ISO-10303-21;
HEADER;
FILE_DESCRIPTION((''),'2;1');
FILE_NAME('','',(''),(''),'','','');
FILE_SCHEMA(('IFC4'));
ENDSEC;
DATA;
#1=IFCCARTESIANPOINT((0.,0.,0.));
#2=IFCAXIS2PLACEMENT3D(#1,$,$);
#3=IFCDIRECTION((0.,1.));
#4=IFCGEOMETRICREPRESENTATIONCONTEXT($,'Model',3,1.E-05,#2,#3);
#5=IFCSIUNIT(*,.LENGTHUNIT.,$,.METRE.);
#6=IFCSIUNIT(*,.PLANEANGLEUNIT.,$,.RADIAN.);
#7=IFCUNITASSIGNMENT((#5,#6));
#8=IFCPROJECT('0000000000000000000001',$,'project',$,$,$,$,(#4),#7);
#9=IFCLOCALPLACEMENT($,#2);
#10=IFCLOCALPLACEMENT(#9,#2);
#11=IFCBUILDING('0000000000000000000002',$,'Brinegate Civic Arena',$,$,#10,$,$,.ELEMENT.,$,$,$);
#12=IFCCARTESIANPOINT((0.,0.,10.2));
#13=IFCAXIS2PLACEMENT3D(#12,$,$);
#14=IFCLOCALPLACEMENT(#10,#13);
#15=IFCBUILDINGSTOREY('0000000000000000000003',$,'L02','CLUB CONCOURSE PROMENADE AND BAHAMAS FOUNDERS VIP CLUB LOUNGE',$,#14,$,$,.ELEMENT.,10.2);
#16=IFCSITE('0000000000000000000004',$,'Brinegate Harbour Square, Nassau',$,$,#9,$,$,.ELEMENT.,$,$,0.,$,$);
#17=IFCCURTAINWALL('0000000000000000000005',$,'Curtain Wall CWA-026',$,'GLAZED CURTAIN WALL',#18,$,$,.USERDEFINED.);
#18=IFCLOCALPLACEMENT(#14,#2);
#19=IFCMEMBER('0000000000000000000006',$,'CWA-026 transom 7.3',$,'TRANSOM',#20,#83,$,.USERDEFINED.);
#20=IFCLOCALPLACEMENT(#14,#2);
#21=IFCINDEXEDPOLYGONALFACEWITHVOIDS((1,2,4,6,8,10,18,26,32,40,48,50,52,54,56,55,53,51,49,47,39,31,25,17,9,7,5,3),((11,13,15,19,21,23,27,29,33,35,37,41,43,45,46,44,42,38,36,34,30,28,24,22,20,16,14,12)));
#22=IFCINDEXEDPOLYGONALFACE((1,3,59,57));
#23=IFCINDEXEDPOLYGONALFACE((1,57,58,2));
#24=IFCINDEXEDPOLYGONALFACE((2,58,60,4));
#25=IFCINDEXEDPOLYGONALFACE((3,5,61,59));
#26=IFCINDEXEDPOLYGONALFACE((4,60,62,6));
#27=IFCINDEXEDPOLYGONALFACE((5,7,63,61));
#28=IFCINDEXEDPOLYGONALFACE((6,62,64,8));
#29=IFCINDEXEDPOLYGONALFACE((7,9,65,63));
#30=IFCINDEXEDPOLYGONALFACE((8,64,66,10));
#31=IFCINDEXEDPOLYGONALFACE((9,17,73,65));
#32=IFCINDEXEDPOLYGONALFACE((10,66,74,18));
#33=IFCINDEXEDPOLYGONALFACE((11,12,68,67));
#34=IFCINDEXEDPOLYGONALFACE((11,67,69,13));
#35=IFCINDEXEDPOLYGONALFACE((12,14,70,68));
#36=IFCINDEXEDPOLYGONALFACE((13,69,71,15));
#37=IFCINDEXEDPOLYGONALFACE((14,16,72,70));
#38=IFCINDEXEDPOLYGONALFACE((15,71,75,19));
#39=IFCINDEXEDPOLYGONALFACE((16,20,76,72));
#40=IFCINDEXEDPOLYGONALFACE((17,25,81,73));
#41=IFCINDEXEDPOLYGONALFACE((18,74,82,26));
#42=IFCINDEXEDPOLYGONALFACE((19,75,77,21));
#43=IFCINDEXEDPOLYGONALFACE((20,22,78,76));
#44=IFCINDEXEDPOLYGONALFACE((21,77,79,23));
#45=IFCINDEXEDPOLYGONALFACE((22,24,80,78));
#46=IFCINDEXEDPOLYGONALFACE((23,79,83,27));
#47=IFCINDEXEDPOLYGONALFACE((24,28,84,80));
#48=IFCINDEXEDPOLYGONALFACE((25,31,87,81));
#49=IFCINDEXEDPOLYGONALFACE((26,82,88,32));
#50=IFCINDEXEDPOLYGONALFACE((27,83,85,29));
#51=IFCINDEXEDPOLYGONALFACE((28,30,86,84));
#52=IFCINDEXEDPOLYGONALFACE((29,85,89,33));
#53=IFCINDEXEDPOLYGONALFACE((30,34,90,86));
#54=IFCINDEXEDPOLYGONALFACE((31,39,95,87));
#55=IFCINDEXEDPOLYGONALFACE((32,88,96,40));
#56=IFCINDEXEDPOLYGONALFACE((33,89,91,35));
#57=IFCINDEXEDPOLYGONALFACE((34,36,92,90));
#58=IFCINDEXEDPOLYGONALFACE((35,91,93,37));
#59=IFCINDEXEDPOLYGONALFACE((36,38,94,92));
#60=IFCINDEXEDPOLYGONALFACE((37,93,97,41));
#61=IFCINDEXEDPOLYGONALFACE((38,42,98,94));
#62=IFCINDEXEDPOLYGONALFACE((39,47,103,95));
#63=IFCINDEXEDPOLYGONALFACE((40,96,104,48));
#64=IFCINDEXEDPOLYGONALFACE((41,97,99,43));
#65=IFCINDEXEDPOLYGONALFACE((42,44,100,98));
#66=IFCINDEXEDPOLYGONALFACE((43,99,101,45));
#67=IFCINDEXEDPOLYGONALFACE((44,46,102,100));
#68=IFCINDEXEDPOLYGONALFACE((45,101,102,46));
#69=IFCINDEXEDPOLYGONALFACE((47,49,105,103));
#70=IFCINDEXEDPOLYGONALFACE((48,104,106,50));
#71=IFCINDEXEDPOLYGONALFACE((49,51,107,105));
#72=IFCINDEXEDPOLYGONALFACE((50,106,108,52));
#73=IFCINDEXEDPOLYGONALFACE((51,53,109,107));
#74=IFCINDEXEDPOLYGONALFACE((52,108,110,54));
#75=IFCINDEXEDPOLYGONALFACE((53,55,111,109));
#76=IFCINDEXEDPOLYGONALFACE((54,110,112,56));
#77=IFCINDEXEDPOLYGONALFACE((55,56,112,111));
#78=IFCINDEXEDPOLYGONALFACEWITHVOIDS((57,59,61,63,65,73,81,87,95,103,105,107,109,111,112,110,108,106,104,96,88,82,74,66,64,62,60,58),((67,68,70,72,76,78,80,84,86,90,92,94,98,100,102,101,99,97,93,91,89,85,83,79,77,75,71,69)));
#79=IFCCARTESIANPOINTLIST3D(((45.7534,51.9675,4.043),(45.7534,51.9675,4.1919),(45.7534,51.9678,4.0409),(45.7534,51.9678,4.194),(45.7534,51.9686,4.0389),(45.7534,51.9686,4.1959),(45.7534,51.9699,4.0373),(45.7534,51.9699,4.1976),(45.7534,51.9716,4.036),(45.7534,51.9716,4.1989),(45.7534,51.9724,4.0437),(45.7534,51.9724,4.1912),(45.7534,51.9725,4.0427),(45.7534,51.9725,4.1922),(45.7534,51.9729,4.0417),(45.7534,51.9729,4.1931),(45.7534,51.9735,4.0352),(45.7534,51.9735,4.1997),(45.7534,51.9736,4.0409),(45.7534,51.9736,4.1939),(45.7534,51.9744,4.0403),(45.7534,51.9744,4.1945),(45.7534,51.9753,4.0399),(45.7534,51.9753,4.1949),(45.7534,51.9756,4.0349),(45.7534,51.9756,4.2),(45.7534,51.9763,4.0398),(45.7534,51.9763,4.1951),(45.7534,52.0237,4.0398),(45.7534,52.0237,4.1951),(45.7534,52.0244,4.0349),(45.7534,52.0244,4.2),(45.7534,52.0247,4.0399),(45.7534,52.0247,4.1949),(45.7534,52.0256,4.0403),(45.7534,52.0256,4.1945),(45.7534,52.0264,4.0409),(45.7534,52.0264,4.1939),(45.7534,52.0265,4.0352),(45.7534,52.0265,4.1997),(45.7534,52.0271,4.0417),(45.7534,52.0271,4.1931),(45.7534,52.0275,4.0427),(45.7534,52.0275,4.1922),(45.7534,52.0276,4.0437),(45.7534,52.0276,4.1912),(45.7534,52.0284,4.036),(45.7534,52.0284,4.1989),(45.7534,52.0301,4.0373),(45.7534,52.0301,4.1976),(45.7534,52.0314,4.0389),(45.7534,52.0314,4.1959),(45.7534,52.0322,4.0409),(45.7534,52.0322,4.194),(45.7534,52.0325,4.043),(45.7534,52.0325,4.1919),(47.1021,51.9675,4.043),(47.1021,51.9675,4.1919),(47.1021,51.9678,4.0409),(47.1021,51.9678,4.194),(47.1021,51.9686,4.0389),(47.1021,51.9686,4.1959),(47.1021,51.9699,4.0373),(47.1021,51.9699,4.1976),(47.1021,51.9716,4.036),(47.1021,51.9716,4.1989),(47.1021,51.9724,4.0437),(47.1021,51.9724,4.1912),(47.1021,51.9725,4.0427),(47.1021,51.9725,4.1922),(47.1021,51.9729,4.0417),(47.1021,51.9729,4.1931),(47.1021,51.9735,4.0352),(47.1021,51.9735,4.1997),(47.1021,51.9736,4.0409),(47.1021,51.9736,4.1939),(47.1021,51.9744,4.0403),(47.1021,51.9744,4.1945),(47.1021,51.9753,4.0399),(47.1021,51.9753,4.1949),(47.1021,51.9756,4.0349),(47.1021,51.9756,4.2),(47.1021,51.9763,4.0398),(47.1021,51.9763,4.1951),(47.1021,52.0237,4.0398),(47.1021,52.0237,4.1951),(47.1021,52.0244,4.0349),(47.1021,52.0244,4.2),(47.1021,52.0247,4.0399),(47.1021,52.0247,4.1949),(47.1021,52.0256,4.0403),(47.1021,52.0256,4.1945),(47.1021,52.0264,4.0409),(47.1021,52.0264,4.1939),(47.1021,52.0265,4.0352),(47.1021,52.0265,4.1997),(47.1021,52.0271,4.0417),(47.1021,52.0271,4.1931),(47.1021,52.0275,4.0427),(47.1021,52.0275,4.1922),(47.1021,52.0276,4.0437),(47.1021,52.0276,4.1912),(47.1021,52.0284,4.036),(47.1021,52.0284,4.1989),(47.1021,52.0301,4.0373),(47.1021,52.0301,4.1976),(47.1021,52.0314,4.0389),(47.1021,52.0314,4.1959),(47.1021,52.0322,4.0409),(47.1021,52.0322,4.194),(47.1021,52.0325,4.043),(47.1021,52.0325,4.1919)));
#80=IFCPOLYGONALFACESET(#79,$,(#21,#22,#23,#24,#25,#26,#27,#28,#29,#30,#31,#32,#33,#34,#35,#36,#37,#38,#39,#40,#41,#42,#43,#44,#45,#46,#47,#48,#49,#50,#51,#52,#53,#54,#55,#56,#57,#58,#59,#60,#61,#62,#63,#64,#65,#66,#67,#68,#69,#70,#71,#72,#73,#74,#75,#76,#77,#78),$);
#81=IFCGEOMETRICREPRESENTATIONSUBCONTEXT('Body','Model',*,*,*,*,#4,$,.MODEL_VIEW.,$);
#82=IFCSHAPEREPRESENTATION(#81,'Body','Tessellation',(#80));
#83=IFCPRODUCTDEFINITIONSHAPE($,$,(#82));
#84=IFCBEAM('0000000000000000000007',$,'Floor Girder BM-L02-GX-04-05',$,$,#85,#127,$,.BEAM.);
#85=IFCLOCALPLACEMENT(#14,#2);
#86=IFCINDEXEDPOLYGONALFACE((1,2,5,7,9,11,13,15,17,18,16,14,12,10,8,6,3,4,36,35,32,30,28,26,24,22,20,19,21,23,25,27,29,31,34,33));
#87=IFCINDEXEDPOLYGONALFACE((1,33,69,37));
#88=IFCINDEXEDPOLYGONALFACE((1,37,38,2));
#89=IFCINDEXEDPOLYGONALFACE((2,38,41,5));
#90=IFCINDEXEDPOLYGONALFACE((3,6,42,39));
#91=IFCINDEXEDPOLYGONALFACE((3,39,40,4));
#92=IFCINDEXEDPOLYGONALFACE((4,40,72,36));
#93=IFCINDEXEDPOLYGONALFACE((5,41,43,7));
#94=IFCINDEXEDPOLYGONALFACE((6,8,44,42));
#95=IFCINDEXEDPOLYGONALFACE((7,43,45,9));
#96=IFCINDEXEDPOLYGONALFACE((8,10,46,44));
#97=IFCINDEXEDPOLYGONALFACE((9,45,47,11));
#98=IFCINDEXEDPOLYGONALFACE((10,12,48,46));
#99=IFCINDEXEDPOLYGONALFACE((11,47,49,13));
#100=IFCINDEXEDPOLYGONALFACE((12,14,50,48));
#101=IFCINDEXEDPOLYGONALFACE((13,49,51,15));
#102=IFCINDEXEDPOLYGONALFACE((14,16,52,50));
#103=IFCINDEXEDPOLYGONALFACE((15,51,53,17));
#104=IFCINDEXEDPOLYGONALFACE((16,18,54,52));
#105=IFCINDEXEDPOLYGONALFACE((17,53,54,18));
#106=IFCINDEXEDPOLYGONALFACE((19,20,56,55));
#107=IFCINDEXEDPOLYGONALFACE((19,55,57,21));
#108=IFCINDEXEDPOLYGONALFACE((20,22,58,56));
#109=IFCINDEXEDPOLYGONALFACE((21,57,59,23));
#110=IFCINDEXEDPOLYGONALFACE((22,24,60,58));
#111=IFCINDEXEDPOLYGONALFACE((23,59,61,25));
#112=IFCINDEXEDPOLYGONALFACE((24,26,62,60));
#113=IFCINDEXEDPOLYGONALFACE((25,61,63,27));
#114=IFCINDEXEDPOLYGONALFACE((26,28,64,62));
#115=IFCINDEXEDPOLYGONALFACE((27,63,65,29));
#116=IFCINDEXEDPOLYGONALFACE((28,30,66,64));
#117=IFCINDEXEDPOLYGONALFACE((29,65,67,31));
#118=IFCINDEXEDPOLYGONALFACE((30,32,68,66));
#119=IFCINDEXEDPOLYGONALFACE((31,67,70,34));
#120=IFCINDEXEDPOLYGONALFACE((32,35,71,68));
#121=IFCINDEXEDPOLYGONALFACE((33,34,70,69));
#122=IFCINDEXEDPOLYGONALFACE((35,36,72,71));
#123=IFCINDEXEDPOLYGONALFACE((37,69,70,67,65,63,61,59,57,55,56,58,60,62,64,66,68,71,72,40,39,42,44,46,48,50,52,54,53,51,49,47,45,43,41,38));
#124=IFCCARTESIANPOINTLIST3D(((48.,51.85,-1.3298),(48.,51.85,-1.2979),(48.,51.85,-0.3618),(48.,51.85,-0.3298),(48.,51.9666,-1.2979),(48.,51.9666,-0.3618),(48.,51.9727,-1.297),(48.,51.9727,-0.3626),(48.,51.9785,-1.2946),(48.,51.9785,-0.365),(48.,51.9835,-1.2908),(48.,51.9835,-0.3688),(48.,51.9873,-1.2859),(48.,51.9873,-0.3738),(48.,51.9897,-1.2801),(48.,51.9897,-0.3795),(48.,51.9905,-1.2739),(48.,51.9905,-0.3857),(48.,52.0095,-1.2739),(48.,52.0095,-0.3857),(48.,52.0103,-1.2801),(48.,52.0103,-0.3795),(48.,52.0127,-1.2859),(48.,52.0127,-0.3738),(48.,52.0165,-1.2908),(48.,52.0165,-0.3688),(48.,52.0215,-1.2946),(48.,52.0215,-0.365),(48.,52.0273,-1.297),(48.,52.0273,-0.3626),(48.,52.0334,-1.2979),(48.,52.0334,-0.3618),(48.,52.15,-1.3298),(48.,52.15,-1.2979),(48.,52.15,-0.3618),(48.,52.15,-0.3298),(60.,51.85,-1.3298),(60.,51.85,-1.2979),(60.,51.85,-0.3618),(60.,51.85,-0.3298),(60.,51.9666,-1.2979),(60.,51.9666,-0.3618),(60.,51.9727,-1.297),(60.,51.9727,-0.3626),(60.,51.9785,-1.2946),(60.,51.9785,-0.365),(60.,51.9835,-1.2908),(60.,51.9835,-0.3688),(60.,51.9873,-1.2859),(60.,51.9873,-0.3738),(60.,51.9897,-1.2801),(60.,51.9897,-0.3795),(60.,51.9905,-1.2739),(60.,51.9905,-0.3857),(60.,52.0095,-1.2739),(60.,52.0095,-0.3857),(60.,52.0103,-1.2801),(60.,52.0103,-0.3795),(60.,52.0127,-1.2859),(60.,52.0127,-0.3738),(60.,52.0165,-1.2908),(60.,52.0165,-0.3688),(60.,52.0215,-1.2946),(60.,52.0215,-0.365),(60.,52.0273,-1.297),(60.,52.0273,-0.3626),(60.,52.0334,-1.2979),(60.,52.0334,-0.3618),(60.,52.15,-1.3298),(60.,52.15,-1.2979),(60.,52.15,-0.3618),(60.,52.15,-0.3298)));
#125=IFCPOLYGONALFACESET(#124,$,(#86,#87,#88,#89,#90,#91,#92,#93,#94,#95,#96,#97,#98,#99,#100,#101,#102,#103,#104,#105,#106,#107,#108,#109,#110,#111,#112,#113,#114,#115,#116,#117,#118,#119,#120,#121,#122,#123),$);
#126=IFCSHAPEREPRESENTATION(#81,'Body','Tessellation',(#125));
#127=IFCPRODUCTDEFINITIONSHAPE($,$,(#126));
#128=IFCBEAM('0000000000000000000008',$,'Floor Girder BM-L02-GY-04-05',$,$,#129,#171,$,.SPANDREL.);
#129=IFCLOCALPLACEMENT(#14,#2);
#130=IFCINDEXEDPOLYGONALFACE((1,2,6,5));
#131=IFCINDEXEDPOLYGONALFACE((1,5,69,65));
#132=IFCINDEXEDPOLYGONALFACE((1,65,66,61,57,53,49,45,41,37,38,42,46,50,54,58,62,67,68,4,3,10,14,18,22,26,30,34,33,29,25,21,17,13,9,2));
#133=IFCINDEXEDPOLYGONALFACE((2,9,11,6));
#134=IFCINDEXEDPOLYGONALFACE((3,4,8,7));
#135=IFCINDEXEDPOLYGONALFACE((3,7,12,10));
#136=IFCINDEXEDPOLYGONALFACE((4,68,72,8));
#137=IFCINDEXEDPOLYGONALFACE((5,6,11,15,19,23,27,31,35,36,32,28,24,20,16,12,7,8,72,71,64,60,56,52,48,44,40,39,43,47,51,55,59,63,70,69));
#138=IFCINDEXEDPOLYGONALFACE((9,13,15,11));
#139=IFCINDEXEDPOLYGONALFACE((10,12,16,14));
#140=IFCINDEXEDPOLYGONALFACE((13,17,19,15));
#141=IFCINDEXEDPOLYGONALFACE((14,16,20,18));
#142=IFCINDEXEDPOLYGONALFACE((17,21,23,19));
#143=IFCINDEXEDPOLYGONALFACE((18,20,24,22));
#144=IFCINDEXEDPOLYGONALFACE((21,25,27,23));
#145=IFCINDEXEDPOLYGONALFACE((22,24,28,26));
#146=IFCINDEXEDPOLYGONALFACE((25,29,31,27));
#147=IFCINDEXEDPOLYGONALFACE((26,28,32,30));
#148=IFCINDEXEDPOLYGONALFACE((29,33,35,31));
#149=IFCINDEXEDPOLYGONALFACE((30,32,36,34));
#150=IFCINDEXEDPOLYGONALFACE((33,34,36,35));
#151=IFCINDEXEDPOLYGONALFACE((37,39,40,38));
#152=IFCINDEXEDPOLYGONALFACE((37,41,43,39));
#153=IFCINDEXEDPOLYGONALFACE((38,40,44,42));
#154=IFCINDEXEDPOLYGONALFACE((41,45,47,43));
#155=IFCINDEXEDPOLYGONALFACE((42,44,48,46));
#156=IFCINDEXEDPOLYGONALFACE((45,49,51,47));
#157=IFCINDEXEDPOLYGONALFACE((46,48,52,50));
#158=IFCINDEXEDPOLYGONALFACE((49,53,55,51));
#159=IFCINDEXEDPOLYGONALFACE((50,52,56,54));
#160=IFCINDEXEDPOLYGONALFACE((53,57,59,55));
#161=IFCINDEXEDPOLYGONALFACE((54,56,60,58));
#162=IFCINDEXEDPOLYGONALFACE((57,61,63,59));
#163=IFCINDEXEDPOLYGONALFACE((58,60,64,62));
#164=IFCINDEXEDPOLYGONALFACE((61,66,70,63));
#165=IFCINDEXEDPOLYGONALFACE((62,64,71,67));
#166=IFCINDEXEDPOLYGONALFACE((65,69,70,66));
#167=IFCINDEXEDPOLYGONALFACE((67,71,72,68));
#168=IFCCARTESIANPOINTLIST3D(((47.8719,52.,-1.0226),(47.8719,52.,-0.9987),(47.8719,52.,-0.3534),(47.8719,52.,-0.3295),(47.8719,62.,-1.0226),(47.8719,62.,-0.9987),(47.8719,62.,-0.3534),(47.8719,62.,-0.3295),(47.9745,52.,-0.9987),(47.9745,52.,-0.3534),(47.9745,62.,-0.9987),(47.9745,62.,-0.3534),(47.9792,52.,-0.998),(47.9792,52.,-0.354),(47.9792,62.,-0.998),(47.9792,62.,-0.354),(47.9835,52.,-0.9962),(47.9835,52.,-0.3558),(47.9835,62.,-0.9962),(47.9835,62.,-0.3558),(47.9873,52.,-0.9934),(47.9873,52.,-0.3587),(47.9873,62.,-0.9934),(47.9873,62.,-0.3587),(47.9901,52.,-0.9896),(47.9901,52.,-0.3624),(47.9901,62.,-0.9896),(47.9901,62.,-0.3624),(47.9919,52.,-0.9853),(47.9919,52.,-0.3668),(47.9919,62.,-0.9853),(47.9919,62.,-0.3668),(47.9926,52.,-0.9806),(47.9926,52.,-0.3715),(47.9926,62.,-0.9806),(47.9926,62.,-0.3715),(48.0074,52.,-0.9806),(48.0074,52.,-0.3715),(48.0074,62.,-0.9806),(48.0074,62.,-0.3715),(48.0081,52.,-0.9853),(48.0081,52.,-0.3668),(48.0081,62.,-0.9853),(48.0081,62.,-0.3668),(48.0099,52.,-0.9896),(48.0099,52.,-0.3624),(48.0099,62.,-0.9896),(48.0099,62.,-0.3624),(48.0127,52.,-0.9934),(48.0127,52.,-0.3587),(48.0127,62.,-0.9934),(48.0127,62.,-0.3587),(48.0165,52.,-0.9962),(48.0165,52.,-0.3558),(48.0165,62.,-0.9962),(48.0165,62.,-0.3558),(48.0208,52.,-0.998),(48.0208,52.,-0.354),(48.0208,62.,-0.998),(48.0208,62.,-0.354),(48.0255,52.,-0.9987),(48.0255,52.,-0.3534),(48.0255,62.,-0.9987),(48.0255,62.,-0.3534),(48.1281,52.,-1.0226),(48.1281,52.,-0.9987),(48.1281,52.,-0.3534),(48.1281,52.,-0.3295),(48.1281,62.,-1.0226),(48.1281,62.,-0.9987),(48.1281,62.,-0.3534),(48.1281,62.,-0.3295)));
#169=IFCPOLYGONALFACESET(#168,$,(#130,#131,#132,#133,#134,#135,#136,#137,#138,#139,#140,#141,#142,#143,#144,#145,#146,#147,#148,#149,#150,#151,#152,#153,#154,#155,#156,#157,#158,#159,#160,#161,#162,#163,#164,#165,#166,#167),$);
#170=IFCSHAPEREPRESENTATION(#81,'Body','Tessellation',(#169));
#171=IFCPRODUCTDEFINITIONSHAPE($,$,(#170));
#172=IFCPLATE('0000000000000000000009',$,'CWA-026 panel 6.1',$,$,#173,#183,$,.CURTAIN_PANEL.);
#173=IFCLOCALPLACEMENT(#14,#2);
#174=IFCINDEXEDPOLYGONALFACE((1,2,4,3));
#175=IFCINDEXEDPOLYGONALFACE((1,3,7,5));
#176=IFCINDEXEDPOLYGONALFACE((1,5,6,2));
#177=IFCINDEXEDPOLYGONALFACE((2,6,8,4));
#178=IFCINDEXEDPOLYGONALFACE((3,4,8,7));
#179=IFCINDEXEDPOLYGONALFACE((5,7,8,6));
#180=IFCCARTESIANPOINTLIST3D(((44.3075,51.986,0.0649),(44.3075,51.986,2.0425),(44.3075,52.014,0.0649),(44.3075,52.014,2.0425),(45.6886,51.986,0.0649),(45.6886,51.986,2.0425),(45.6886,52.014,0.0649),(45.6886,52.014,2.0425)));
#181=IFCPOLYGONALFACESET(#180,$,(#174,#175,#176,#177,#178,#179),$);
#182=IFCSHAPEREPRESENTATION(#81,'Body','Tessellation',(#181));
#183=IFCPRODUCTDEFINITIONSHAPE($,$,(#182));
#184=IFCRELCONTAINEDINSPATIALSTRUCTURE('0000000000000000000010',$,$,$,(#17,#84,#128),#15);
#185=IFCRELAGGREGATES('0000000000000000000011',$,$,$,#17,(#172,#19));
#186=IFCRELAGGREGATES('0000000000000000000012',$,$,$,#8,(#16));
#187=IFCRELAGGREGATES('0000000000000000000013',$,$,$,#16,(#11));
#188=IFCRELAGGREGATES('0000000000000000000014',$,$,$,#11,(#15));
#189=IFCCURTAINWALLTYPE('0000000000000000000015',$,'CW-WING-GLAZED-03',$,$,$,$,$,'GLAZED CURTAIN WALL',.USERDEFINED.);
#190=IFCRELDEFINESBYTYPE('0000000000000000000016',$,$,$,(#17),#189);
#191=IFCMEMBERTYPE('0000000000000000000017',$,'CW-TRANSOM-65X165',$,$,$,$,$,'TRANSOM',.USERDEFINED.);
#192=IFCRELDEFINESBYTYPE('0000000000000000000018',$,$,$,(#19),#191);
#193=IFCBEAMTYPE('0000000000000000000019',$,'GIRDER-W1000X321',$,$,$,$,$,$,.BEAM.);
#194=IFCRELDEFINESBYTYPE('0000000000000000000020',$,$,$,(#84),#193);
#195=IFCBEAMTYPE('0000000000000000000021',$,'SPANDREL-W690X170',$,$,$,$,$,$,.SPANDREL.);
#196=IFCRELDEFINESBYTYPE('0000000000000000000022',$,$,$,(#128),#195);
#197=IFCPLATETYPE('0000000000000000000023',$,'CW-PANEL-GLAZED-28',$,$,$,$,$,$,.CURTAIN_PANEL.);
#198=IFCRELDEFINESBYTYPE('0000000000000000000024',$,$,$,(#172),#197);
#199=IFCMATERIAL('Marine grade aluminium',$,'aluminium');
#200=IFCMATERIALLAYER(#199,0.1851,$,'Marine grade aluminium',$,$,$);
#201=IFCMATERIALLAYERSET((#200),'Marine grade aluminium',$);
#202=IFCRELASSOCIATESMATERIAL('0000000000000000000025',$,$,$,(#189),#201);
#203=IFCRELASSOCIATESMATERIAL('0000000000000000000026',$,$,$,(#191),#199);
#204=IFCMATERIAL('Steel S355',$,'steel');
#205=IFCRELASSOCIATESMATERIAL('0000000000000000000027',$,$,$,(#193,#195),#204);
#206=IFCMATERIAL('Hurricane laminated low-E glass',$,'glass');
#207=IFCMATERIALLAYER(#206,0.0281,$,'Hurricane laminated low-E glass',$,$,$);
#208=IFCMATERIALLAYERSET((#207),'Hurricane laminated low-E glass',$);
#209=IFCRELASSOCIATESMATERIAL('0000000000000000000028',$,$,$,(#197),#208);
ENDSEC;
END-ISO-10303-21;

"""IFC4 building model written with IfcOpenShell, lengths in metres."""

from ifc_helpers import new_model, si_unit, direction, frame, origin, origin_2d, place, context, subcontext, project, spatial, rectangle, hollow_rectangle, i_section, extrude, material, layer, layer_set, material_profile, profile_set, type_object, element, aggregate, save


model = new_model("IFC4")

# Units and contexts
model_context = context("Model", 3, precision=1e-05, world=origin(), true_north=direction((0.0, 1.0)))
body_context = subcontext(model_context, "Body", "Model", "MODEL_VIEW")
ifc_project = project(units=[si_unit("LENGTHUNIT", "METRE"), si_unit("PLANEANGLEUNIT", "RADIAN")], contexts=[model_context])

# Site, building, storey
site_placement = place(None, origin())
site = spatial("IfcSite", under=ifc_project, at=site_placement, Name="Brinegate Harbour Square, Nassau", CompositionType="ELEMENT", RefElevation=0.0)
building_placement = place(site_placement, origin())
building = spatial("IfcBuilding", under=site, at=building_placement, Name="Brinegate Civic Arena", CompositionType="ELEMENT")
storey_placement = place(building_placement, frame((0.0, 0.0, 10.2)))
storey = spatial("IfcBuildingStorey", under=building, at=storey_placement, Name="L02", Description="CLUB CONCOURSE PROMENADE AND BAHAMAS FOUNDERS VIP CLUB LOUNGE", CompositionType="ELEMENT", Elevation=10.2)

# Shared definitions
ifc_material_1 = material(Name="Steel S355", Category="steel")

# Curtain wall
ifc_material_2 = material(Name="Marine grade aluminium", Category="aluminium")
ifc_layer_1 = layer(ifc_material_2, 0.1851, Name="Marine grade aluminium")
ifc_layer_set_1 = layer_set([ifc_layer_1], Name="Marine grade aluminium")
curtain_wall_type_1 = type_object("IfcCurtainWallType", Name="CW-WING-GLAZED-03", ElementType="GLAZED CURTAIN WALL", PredefinedType="USERDEFINED", material=ifc_layer_set_1)
curtain_wall_1_placement = place(storey_placement, origin())
curtain_wall_1 = element("IfcCurtainWall", 1, at=curtain_wall_1_placement, inside=storey, type_object=curtain_wall_type_1, Name="Curtain Wall CWA-026", ObjectType="GLAZED CURTAIN WALL", PredefinedType="USERDEFINED")

# Member
ifc_material_profile_1 = material_profile(ifc_material_2, hollow_rectangle(XDim=0.0649, YDim=0.165, WallThickness=0.0049, InnerFilletRadius=0.0039, OuterFilletRadius=0.0081, at=origin_2d()), Name="TRN65X165")
ifc_profile_set_1 = profile_set([ifc_material_profile_1], Name="Marine grade aluminium")
member_type_1 = type_object("IfcMemberType", Name="CW-TRANSOM-65X165", ElementType="TRANSOM", PredefinedType="USERDEFINED", material=ifc_profile_set_1)
member_1_placement = place(storey_placement, frame((45.7534, 52.0, 4.1174), z_axis=(1.0, 0.0, 0.0), x_axis=(0.0, 1.0, 0.0)))
member_1 = element("IfcMember", 2, at=member_1_placement, type_object=member_type_1, Name="CWA-026 transom 7.3", ObjectType="TRANSOM", PredefinedType="USERDEFINED", context=body_context, shape_type="SweptSolid", body=[
    extrude(hollow_rectangle(XDim=0.0649, YDim=0.165, WallThickness=0.0049, InnerFilletRadius=0.0039, OuterFilletRadius=0.0081, at=origin_2d()), origin(), (0.0, 0.0, 1.0), 1.3486),
])

# Beams
ifc_material_profile_2 = material_profile(ifc_material_1, i_section(OverallWidth=0.3, OverallDepth=1.0, WebThickness=0.019, FlangeThickness=0.032, FilletRadius=0.0239, at=origin_2d()), Name="W1000X321")
ifc_profile_set_2 = profile_set([ifc_material_profile_2], Name="Steel S355")
beam_type_1 = type_object("IfcBeamType", Name="GIRDER-W1000X321", PredefinedType="BEAM", material=ifc_profile_set_2)
beam_1_placement = place(storey_placement, frame((48.0, 52.0, -0.8298), z_axis=(1.0, 0.0, 0.0), x_axis=(0.0, 1.0, 0.0)))
element("IfcBeam", 3, at=beam_1_placement, inside=storey, type_object=beam_type_1, Name="Floor Girder BM-L02-GX-04-05", PredefinedType="BEAM", context=body_context, shape_type="SweptSolid", body=[
    extrude(i_section(OverallWidth=0.3, OverallDepth=1.0, WebThickness=0.019, FlangeThickness=0.032, FilletRadius=0.0239, at=origin_2d()), origin(), (0.0, 0.0, 1.0), 12.0),
])
ifc_material_profile_3 = material_profile(ifc_material_1, i_section(OverallWidth=0.2561, OverallDepth=0.6931, WebThickness=0.0149, FlangeThickness=0.0239, FilletRadius=0.0181, at=origin_2d()), Name="W690X170")
ifc_profile_set_3 = profile_set([ifc_material_profile_3], Name="Steel S355")
beam_type_2 = type_object("IfcBeamType", Name="SPANDREL-W690X170", PredefinedType="SPANDREL", material=ifc_profile_set_3)
beam_2_placement = place(storey_placement, frame((48.0, 52.0, -0.676), z_axis=(0.0, 1.0, 0.0), x_axis=(-1.0, 0.0, 0.0)))
element("IfcBeam", 4, at=beam_2_placement, inside=storey, type_object=beam_type_2, Name="Floor Girder BM-L02-GY-04-05", PredefinedType="SPANDREL", context=body_context, shape_type="SweptSolid", body=[
    extrude(i_section(OverallWidth=0.2561, OverallDepth=0.6931, WebThickness=0.0149, FlangeThickness=0.0239, FilletRadius=0.0181, at=origin_2d()), origin(), (0.0, 0.0, 1.0), 10.0),
])

# Plate
ifc_material_3 = material(Name="Hurricane laminated low-E glass", Category="glass")
ifc_layer_2 = layer(ifc_material_3, 0.0281, Name="Hurricane laminated low-E glass")
ifc_layer_set_2 = layer_set([ifc_layer_2], Name="Hurricane laminated low-E glass")
plate_type_1 = type_object("IfcPlateType", Name="CW-PANEL-GLAZED-28", PredefinedType="CURTAIN_PANEL", material=ifc_layer_set_2)
plate_1_placement = place(storey_placement, frame((44.998, 52.0, 0.0649), z_axis=(0.0, 0.0, 1.0), x_axis=(1.0, 0.0, 0.0)))
plate_1 = element("IfcPlate", 5, at=plate_1_placement, type_object=plate_type_1, Name="CWA-026 panel 6.1", PredefinedType="CURTAIN_PANEL", context=body_context, shape_type="SweptSolid", body=[
    extrude(rectangle(XDim=1.3811, YDim=0.0281, at=origin_2d()), origin(), (0.0, 0.0, 1.0), 1.9775),
])
aggregate(curtain_wall_1, [plate_1, member_1])

save(model, "model.ifc")
